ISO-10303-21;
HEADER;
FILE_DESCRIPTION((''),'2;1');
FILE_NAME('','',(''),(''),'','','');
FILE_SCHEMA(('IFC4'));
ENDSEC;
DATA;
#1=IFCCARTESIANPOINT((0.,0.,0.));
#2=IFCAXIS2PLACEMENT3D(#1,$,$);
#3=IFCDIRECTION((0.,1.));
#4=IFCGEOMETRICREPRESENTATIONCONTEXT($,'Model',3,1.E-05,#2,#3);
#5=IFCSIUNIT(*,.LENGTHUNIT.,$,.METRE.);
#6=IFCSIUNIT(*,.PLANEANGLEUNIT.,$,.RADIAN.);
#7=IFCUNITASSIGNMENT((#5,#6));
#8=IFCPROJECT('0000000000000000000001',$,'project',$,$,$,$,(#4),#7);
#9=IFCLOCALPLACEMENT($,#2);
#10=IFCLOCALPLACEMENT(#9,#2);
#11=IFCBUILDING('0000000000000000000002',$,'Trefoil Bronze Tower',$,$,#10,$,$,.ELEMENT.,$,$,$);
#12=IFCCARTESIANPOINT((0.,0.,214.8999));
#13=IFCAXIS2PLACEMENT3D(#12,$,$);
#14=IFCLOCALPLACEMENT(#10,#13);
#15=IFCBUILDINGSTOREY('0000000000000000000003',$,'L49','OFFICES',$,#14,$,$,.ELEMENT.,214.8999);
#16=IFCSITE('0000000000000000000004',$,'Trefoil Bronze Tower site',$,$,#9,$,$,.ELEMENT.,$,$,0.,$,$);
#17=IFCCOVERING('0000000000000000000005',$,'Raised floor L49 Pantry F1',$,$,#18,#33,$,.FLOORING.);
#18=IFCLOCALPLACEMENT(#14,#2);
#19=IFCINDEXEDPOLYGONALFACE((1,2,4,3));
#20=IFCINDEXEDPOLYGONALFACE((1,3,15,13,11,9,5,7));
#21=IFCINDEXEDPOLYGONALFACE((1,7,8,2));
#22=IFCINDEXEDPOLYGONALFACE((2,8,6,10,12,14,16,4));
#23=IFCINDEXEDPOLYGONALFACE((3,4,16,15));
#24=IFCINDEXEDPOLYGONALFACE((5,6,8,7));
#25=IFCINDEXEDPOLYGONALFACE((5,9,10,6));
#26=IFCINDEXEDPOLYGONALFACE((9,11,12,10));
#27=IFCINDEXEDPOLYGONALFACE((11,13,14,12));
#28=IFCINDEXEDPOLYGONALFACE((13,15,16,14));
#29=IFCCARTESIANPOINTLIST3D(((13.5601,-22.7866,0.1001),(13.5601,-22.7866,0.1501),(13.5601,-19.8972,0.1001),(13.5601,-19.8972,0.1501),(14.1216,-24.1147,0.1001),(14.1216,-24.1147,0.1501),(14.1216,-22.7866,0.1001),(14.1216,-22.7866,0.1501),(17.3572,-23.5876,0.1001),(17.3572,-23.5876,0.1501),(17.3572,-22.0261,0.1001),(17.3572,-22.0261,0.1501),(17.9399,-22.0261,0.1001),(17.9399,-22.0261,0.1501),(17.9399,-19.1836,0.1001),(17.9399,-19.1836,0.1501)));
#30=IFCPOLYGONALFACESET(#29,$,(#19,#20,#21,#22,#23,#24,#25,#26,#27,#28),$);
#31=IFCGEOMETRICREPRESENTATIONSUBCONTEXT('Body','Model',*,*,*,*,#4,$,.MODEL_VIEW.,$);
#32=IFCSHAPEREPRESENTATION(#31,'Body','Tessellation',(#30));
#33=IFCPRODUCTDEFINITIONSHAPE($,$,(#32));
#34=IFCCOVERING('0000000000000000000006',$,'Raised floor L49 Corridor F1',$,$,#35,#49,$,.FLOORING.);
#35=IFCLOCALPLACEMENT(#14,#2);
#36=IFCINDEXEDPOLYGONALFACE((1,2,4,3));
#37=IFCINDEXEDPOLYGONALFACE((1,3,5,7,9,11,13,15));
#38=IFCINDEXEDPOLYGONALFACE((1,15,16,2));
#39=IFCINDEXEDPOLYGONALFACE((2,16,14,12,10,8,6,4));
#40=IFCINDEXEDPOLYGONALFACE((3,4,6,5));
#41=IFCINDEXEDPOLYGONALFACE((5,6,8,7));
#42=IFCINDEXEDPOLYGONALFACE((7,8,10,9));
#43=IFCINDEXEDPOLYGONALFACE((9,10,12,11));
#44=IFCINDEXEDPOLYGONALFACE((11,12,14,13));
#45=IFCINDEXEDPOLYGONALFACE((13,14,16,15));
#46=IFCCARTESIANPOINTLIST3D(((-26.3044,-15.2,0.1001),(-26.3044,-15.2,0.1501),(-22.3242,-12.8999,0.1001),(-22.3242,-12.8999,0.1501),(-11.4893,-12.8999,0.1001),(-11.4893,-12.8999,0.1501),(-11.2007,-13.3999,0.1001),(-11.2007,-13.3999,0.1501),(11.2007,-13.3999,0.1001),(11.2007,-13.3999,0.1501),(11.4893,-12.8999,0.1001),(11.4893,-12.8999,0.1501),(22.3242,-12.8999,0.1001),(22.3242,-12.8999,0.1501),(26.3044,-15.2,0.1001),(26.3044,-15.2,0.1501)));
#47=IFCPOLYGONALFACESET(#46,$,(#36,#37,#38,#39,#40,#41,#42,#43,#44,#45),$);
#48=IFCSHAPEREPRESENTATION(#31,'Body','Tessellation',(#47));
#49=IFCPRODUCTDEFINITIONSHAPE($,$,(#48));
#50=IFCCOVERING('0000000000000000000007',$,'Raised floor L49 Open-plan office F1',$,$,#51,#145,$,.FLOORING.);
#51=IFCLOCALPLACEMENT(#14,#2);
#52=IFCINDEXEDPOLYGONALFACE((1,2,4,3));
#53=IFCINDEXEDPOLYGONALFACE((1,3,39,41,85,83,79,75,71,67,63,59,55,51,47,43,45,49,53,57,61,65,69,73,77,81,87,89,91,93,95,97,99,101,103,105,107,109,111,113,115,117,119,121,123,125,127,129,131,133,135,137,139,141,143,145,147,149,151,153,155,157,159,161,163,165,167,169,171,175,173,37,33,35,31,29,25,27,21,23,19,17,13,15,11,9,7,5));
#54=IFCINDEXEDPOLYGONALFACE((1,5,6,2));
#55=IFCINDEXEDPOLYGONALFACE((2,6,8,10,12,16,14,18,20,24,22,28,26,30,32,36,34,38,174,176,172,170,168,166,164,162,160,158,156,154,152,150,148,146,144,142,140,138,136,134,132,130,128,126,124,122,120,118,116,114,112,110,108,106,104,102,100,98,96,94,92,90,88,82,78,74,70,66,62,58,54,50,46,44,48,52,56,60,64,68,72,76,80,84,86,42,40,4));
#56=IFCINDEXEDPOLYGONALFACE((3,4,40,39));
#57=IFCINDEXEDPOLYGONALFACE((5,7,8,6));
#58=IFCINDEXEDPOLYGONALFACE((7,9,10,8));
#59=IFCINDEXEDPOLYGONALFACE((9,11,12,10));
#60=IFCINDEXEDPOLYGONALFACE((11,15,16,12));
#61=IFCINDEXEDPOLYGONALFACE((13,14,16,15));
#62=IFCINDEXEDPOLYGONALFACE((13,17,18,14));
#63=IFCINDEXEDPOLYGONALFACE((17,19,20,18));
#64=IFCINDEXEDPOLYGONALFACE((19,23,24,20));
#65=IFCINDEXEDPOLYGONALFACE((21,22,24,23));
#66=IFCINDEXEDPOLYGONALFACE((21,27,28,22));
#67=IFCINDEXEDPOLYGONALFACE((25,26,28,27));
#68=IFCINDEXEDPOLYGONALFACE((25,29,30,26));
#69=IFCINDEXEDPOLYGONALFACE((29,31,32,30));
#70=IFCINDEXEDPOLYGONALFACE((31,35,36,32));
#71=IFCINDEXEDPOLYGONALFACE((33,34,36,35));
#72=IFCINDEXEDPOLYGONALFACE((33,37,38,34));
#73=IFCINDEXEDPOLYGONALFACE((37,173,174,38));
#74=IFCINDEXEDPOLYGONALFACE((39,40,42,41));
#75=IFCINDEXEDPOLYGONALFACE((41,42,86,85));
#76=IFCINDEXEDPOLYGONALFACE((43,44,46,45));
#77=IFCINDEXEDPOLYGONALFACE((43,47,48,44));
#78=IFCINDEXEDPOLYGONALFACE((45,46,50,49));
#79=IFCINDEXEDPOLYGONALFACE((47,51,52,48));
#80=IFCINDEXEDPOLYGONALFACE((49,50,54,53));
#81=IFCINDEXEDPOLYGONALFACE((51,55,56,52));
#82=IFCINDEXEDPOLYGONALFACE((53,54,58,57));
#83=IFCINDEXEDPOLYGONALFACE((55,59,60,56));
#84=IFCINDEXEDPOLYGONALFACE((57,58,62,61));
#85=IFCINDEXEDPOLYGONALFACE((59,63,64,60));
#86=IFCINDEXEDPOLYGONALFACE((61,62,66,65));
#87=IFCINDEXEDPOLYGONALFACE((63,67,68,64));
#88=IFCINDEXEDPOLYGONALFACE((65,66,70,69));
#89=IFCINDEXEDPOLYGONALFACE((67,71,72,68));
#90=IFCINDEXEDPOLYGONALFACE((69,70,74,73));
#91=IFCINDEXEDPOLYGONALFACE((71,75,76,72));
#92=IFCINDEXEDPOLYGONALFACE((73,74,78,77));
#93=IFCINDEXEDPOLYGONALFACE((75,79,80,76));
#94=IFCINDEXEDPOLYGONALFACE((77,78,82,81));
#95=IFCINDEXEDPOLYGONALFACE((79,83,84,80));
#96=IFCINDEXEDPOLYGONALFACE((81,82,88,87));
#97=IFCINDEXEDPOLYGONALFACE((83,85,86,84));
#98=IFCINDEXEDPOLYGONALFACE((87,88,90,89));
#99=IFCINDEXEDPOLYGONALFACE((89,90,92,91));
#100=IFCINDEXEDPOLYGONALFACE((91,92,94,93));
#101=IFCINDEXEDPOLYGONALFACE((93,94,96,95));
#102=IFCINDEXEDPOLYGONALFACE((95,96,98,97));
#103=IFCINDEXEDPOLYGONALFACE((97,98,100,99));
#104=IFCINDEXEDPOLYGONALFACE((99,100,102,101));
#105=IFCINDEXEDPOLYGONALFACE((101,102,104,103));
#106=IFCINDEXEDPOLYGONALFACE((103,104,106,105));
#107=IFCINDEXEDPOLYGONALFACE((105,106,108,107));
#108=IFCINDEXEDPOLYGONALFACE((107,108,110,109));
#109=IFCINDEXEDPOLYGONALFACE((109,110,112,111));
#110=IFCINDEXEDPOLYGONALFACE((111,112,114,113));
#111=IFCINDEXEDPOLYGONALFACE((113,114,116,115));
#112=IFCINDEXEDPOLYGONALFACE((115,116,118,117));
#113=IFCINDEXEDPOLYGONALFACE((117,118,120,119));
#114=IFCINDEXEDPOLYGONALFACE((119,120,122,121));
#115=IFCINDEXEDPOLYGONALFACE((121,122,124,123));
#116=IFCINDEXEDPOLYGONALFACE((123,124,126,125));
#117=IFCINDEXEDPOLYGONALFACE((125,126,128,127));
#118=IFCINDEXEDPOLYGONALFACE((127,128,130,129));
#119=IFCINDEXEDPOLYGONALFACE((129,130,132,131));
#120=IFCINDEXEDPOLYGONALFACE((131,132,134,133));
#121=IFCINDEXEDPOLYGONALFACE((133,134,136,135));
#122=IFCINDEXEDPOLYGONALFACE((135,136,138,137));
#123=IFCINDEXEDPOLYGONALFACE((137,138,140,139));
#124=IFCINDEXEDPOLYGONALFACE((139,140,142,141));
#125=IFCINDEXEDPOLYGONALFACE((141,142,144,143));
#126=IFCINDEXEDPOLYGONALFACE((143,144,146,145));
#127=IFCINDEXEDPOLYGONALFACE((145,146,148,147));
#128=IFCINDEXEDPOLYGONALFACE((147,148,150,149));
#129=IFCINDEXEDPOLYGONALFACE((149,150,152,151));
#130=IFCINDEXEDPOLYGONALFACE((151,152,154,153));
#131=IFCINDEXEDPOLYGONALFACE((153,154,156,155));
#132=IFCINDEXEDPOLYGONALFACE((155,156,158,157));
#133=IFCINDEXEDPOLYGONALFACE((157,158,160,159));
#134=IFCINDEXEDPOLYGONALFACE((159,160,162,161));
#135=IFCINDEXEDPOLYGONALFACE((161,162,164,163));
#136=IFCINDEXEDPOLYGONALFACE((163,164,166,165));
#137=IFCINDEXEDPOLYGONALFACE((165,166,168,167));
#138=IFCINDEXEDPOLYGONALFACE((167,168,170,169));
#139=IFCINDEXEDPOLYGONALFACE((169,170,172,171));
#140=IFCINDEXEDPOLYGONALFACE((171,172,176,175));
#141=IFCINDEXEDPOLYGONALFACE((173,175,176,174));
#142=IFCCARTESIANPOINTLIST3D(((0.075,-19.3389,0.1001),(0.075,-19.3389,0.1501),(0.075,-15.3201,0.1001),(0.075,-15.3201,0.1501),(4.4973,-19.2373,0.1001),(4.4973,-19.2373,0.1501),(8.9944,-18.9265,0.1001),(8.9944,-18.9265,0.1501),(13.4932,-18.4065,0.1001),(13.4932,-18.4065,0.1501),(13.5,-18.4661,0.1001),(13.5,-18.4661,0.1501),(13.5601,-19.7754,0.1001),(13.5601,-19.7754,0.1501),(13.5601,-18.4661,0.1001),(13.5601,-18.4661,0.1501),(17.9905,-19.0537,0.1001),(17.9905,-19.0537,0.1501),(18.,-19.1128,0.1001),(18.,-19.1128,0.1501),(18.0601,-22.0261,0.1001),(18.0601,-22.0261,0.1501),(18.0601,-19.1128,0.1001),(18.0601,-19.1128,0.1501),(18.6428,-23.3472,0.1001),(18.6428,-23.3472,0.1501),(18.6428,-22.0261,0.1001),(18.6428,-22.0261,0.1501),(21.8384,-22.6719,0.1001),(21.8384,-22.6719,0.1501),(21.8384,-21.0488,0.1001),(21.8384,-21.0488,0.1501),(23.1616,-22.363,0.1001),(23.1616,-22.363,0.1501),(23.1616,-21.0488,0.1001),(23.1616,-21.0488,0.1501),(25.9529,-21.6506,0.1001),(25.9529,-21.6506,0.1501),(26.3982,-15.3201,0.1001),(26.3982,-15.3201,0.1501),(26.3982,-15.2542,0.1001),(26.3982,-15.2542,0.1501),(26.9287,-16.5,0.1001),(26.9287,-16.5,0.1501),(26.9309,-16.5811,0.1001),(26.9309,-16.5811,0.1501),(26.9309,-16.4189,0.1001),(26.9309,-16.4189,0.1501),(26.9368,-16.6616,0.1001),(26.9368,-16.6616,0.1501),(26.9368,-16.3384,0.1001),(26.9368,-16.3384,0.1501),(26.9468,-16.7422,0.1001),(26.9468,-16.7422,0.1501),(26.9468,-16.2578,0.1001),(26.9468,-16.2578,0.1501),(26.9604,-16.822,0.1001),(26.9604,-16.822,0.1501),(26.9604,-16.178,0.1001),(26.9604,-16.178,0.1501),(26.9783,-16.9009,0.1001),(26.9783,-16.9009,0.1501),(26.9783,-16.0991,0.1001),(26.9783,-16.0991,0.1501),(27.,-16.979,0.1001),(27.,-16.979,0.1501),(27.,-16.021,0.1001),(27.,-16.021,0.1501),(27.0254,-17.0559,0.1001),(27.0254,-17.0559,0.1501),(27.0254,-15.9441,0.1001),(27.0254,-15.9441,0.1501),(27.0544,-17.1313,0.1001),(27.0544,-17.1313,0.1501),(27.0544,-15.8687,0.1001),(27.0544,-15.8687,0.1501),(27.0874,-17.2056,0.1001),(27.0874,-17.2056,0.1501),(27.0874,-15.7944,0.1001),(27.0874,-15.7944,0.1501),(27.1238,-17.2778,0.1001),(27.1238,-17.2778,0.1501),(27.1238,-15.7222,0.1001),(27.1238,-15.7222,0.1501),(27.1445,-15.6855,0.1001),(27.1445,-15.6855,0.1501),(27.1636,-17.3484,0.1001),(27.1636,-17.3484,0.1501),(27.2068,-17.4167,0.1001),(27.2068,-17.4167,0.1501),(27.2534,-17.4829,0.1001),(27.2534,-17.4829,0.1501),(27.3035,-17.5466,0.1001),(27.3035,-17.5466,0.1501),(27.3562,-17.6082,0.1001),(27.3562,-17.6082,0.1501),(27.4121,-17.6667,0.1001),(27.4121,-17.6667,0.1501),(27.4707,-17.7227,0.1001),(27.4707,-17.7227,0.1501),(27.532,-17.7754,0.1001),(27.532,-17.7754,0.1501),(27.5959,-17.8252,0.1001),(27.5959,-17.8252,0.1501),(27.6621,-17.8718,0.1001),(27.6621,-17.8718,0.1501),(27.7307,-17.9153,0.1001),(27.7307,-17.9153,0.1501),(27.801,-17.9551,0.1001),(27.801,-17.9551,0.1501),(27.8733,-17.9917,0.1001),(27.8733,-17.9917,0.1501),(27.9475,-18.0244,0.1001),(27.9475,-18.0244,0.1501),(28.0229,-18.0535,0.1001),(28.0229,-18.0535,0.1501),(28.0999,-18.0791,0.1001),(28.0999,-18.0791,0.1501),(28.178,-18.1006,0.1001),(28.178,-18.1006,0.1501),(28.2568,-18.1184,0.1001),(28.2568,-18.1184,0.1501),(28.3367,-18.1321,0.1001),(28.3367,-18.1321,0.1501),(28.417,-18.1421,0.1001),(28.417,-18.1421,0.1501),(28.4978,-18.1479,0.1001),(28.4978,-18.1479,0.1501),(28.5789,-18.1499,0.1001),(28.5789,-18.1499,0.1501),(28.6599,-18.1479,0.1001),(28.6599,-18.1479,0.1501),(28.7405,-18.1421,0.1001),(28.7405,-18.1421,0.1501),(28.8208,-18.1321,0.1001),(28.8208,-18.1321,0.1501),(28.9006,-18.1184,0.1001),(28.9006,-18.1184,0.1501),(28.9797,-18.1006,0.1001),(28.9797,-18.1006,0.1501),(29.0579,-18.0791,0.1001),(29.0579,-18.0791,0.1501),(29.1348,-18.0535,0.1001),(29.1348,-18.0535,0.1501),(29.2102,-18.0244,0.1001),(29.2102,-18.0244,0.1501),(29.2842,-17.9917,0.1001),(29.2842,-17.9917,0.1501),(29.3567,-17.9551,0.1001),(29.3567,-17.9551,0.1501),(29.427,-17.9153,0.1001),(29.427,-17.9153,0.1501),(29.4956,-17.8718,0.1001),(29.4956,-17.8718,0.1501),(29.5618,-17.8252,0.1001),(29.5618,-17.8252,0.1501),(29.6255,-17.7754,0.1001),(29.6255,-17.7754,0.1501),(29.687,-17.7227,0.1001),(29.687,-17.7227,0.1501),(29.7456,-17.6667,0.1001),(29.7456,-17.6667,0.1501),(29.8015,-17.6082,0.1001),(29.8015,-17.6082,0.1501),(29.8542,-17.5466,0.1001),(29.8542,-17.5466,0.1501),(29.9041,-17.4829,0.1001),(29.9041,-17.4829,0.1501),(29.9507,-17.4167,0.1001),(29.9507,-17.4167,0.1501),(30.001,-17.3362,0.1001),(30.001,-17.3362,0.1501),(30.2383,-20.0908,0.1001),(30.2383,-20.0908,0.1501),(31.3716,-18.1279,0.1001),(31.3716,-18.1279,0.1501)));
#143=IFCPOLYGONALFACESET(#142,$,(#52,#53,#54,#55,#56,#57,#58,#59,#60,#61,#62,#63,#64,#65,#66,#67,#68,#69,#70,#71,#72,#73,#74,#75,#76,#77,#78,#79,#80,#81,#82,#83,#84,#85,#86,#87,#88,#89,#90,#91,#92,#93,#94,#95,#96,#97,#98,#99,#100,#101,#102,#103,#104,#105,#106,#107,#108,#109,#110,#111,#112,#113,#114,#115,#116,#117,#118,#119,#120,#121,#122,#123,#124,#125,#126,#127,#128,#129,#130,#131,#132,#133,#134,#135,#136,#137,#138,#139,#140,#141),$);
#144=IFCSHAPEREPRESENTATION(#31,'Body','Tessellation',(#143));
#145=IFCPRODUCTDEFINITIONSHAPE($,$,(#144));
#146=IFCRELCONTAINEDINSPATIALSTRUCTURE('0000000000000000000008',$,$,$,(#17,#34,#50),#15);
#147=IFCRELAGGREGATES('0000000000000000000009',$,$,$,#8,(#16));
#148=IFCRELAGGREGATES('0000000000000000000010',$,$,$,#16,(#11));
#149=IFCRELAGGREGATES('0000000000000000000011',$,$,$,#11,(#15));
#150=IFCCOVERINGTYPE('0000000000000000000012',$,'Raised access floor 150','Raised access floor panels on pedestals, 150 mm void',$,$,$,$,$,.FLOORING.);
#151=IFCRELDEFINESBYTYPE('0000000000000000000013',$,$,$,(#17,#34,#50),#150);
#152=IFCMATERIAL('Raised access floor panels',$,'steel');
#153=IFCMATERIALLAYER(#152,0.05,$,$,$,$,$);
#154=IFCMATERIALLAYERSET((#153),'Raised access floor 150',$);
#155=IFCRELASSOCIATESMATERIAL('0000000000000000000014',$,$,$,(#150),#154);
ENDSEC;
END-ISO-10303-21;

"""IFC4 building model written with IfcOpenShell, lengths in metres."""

from ifc_helpers import new_model, si_unit, direction, frame, origin, place, context, subcontext, project, spatial, polyline, outline, extrude, material, layer, layer_set, type_object, element, save


model = new_model("IFC4")

# Units and contexts
model_context = context("Model", 3, precision=1e-05, world=origin(), true_north=direction((0.0, 1.0)))
body_context = subcontext(model_context, "Body", "Model", "MODEL_VIEW")
ifc_project = project(units=[si_unit("LENGTHUNIT", "METRE"), si_unit("PLANEANGLEUNIT", "RADIAN")], contexts=[model_context])

# Site, building, storey
site_placement = place(None, origin())
site = spatial("IfcSite", under=ifc_project, at=site_placement, Name="Trefoil Bronze Tower site", CompositionType="ELEMENT", RefElevation=0.0)
building_placement = place(site_placement, origin())
building = spatial("IfcBuilding", under=site, at=building_placement, Name="Trefoil Bronze Tower", CompositionType="ELEMENT")
storey_placement = place(building_placement, frame((0.0, 0.0, 214.8999)))
storey = spatial("IfcBuildingStorey", under=building, at=storey_placement, Name="L49", Description="OFFICES", CompositionType="ELEMENT", Elevation=214.8999)

# Coverings
ifc_material_1 = material(Name="Raised access floor panels", Category="steel")
ifc_layer_1 = layer(ifc_material_1, 0.05)
ifc_layer_set_1 = layer_set([ifc_layer_1], Name="Raised access floor 150")
covering_type_1 = type_object("IfcCoveringType", Name="Raised access floor 150", Description="Raised access floor panels on pedestals, 150 mm void", PredefinedType="FLOORING", material=ifc_layer_set_1)
covering_1_placement = place(storey_placement, frame((0.0, 0.0, 0.1001)))
element("IfcCovering", 1, at=covering_1_placement, inside=storey, type_object=covering_type_1, Name="Raised floor L49 Pantry F1", PredefinedType="FLOORING", context=body_context, shape_type="SweptSolid", body=[
    extrude(outline(polyline([(13.5601, -19.8972), (17.9399, -19.1836), (17.9399, -22.0261), (17.3572, -22.0261), (17.3572, -23.5876), (14.1216, -24.1147), (14.1216, -22.7866), (13.5601, -22.7866), (13.5601, -19.8972)])), origin(), (0.0, 0.0, 1.0), 0.05),
])
covering_2_placement = place(storey_placement, frame((0.0, 0.0, 0.1001)))
element("IfcCovering", 2, at=covering_2_placement, inside=storey, type_object=covering_type_1, Name="Raised floor L49 Corridor F1", PredefinedType="FLOORING", context=body_context, shape_type="SweptSolid", body=[
    extrude(outline(polyline([(26.3044, -15.2), (-26.3044, -15.2), (-22.3242, -12.8999), (-11.4893, -12.8999), (-11.2007, -13.3999), (11.2007, -13.3999), (11.4893, -12.8999), (22.3242, -12.8999), (26.3044, -15.2)])), origin(), (0.0, 0.0, 1.0), 0.05),
])
covering_3_placement = place(storey_placement, frame((0.0, 0.0, 0.1001)))
element("IfcCovering", 3, at=covering_3_placement, inside=storey, type_object=covering_type_1, Name="Raised floor L49 Open-plan office F1", PredefinedType="FLOORING", context=body_context, shape_type="SweptSolid", body=[
    extrude(outline(polyline([(18.0601, -19.1128), (18.0, -19.1128), (17.9905, -19.0537), (13.5601, -19.7754), (13.5601, -18.4661), (13.5, -18.4661), (13.4932, -18.4065), (8.9944, -18.9265), (4.4973, -19.2373), (0.075, -19.3389), (0.075, -15.3201), (26.3982, -15.3201), (26.3982, -15.2542), (27.1445, -15.6855), (27.1238, -15.7222), (27.0874, -15.7944), (27.0544, -15.8687), (27.0254, -15.9441), (27.0, -16.021), (26.9783, -16.0991), (26.9604, -16.178), (26.9468, -16.2578), (26.9368, -16.3384), (26.9309, -16.4189), (26.9287, -16.5), (26.9309, -16.5811), (26.9368, -16.6616), (26.9468, -16.7422), (26.9604, -16.822), (26.9783, -16.9009), (27.0, -16.979), (27.0254, -17.0559), (27.0544, -17.1313), (27.0874, -17.2056), (27.1238, -17.2778), (27.1636, -17.3484), (27.2068, -17.4167), (27.2534, -17.4829), (27.3035, -17.5466), (27.3562, -17.6082), (27.4121, -17.6667), (27.4707, -17.7227), (27.532, -17.7754), (27.5959, -17.8252), (27.6621, -17.8718), (27.7307, -17.9153), (27.801, -17.9551), (27.8733, -17.9917), (27.9475, -18.0244), (28.0229, -18.0535), (28.0999, -18.0791), (28.178, -18.1006), (28.2568, -18.1184), (28.3367, -18.1321), (28.417, -18.1421), (28.4978, -18.1479), (28.5789, -18.1499), (28.6599, -18.1479), (28.7405, -18.1421), (28.8208, -18.1321), (28.9006, -18.1184), (28.9797, -18.1006), (29.0579, -18.0791), (29.1348, -18.0535), (29.2102, -18.0244), (29.2842, -17.9917), (29.3567, -17.9551), (29.427, -17.9153), (29.4956, -17.8718), (29.5618, -17.8252), (29.6255, -17.7754), (29.687, -17.7227), (29.7456, -17.6667), (29.8015, -17.6082), (29.8542, -17.5466), (29.9041, -17.4829), (29.9507, -17.4167), (30.001, -17.3362), (31.3716, -18.1279), (30.2383, -20.0908), (25.9529, -21.6506), (23.1616, -22.363), (23.1616, -21.0488), (21.8384, -21.0488), (21.8384, -22.6719), (18.6428, -23.3472), (18.6428, -22.0261), (18.0601, -22.0261), (18.0601, -19.1128)])), origin(), (0.0, 0.0, 1.0), 0.05),
])

save(model, "model.ifc")
